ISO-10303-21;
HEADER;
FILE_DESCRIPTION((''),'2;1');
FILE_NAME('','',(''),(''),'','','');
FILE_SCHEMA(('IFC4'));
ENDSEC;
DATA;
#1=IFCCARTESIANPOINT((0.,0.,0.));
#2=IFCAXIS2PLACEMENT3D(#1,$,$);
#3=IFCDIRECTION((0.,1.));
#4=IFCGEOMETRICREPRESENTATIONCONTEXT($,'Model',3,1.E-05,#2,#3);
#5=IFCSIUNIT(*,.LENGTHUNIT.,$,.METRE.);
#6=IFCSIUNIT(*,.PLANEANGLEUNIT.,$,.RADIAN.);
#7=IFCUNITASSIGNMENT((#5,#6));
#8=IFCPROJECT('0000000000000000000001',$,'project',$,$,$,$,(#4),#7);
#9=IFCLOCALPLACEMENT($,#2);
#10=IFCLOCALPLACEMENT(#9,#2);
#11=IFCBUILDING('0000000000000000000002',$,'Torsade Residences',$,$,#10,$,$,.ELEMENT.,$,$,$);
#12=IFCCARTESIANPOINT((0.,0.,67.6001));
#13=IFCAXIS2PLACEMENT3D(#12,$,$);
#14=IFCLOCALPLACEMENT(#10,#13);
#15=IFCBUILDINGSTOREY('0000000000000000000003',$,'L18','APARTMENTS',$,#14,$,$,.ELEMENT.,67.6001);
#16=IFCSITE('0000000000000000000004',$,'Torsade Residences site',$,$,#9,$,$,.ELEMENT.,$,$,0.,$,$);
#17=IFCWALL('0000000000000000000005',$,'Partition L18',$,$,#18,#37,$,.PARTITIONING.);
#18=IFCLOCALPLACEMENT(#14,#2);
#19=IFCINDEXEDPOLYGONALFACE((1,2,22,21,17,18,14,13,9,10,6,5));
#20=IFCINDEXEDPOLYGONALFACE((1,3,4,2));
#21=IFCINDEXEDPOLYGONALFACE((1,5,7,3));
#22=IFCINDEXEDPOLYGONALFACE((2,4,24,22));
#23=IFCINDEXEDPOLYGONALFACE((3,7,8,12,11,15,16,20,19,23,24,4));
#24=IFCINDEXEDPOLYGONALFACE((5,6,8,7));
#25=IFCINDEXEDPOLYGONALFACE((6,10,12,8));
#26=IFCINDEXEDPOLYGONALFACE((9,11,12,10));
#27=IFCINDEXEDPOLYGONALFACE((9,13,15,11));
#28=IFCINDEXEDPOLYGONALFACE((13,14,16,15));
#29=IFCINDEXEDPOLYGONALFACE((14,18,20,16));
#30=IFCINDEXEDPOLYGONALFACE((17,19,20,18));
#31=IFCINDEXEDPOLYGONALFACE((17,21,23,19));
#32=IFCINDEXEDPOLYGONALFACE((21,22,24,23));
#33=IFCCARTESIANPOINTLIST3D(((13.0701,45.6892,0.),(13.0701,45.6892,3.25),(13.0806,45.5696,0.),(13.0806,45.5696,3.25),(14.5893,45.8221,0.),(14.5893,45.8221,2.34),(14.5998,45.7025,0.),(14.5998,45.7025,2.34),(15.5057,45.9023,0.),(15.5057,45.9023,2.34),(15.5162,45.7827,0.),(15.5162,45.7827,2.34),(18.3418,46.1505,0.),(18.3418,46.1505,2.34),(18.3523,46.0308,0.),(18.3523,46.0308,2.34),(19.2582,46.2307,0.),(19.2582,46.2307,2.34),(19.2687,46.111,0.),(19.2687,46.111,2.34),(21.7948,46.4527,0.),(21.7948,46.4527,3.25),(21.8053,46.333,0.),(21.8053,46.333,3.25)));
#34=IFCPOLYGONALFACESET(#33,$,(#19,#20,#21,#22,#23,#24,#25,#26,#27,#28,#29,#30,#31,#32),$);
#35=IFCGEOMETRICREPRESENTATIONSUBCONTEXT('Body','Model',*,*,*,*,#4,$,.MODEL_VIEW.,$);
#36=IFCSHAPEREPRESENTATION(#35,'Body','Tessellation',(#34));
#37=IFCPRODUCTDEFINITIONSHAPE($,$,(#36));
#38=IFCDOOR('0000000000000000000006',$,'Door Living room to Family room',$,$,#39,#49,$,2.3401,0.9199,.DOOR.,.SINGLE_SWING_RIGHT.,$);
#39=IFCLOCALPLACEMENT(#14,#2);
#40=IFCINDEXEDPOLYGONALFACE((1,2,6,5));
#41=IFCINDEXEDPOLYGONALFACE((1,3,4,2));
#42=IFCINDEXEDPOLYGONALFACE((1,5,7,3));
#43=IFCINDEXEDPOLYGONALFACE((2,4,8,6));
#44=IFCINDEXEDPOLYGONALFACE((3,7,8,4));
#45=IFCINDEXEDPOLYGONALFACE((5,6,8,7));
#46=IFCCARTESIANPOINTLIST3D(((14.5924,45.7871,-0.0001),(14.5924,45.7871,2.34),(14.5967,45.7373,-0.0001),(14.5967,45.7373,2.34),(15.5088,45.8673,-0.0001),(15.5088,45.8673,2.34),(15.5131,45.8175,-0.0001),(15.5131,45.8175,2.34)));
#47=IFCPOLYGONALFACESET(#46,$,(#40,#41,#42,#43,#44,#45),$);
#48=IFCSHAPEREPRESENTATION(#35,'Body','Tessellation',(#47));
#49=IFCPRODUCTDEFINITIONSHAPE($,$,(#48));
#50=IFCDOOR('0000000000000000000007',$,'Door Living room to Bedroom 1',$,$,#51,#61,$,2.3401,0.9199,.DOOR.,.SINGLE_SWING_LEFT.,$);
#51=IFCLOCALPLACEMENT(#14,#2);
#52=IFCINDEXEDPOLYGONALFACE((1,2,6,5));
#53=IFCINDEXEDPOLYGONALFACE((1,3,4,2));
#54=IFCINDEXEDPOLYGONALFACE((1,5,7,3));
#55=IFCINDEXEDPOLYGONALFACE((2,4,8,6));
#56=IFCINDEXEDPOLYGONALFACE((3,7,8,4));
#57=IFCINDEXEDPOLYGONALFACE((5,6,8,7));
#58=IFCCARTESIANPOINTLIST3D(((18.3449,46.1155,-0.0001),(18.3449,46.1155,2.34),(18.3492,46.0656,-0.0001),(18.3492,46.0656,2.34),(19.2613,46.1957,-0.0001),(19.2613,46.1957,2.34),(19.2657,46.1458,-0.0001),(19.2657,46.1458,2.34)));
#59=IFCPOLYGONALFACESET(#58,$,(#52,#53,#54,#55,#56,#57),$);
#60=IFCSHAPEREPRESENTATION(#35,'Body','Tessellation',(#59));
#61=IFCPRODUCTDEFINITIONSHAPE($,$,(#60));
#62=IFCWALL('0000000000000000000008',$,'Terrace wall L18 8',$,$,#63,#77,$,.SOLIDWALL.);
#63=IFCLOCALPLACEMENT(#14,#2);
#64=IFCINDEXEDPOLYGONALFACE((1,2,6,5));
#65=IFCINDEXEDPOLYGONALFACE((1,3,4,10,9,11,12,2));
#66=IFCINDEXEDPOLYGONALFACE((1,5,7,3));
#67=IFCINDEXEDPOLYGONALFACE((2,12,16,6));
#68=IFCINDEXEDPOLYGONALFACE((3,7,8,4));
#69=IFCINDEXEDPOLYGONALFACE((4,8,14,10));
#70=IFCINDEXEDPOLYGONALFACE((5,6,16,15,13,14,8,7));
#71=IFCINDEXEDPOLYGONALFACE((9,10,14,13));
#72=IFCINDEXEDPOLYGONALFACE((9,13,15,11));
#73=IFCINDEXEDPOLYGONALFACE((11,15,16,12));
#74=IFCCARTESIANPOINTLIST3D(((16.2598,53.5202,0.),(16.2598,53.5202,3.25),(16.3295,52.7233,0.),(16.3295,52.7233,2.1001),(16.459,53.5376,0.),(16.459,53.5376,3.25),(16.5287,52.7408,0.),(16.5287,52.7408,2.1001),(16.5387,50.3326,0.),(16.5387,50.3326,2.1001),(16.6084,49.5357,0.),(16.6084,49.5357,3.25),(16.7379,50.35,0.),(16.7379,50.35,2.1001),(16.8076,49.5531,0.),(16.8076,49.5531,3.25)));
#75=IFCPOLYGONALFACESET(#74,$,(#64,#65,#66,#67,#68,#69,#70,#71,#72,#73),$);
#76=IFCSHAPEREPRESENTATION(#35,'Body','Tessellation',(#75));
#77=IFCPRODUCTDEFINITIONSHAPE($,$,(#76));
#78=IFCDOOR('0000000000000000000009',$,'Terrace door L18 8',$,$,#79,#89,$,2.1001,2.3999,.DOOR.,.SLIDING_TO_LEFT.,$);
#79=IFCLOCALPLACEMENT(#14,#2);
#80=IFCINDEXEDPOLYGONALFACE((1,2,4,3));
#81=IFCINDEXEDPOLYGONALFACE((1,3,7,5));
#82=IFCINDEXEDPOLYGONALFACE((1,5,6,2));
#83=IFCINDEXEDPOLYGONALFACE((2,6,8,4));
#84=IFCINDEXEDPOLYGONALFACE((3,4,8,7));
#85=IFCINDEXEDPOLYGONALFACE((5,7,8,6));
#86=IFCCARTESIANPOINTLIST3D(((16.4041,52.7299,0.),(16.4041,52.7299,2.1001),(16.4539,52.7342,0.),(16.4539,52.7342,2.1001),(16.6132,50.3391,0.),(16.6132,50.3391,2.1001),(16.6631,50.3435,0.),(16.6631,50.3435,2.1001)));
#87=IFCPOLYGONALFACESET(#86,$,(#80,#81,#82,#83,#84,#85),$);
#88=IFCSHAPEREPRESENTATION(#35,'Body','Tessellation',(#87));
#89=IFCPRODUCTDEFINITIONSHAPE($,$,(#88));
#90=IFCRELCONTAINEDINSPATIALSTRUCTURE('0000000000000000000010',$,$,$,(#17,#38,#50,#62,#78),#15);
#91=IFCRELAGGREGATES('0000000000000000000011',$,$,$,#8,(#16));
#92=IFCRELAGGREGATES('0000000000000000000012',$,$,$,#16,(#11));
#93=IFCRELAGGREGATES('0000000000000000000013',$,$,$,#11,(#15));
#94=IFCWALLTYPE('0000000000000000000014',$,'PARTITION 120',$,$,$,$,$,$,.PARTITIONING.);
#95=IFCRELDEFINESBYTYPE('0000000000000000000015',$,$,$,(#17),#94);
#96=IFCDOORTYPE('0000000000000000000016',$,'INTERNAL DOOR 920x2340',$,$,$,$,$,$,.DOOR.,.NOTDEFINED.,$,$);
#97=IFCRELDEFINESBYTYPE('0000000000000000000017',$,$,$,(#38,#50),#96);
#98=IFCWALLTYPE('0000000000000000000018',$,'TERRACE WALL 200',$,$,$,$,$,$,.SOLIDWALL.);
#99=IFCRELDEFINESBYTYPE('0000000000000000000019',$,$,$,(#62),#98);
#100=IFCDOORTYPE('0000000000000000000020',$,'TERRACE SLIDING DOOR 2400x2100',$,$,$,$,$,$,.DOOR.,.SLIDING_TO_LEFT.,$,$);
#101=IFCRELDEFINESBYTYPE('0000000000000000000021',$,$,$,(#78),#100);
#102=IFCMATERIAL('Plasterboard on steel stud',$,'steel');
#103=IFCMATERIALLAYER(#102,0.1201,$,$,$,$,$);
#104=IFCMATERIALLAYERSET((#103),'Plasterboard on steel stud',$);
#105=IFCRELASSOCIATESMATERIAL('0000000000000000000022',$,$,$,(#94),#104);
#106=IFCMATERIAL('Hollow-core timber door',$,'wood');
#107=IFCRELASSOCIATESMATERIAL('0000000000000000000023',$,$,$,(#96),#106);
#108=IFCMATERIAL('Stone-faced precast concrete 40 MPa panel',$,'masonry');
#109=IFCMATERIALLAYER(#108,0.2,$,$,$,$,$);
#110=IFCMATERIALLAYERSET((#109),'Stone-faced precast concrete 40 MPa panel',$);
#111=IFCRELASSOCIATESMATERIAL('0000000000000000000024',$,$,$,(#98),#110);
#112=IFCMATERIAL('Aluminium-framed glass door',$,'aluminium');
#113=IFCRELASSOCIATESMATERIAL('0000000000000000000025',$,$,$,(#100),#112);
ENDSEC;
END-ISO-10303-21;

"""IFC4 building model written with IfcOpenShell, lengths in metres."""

from ifc_helpers import new_model, si_unit, direction, frame, frame_2d, origin, place, context, subcontext, project, spatial, rectangle, extrude, material, layer, layer_set, type_object, element, fill, save


model = new_model("IFC4")

# Units and contexts
model_context = context("Model", 3, precision=1e-05, world=origin(), true_north=direction((0.0, 1.0)))
body_context = subcontext(model_context, "Body", "Model", "MODEL_VIEW")
ifc_project = project(units=[si_unit("LENGTHUNIT", "METRE"), si_unit("PLANEANGLEUNIT", "RADIAN")], contexts=[model_context])

# Site, building, storey
site_placement = place(None, origin())
site = spatial("IfcSite", under=ifc_project, at=site_placement, Name="Torsade Residences site", CompositionType="ELEMENT", RefElevation=0.0)
building_placement = place(site_placement, origin())
building = spatial("IfcBuilding", under=site, at=building_placement, Name="Torsade Residences", CompositionType="ELEMENT")
storey_placement = place(building_placement, frame((0.0, 0.0, 67.6001)))
storey = spatial("IfcBuildingStorey", under=building, at=storey_placement, Name="L18", Description="APARTMENTS", CompositionType="ELEMENT", Elevation=67.6001)

# Wall, openings, doors
ifc_material_1 = material(Name="Plasterboard on steel stud", Category="steel")
ifc_layer_1 = layer(ifc_material_1, 0.1201)
ifc_layer_set_1 = layer_set([ifc_layer_1], Name="Plasterboard on steel stud")
wall_type_1 = type_object("IfcWallType", Name="PARTITION 120", PredefinedType="PARTITIONING", material=ifc_layer_set_1)
wall_1_placement = place(storey_placement, frame((13.0754, 45.6294, 0.0), z_axis=(0.0, 0.0, 1.0), x_axis=(0.996193, 0.08717, 0.0)))
wall_1 = element("IfcWall", 1, at=wall_1_placement, inside=storey, type_object=wall_type_1, Name="Partition L18", PredefinedType="PARTITIONING", context=body_context, shape_type="SweptSolid", body=[
    extrude(rectangle(XDim=8.7581, YDim=0.1201, at=frame_2d((4.3789, 0.0))), origin(), (0.0, 0.0, 1.0), 3.25),
])
opening_1_placement = place(wall_1_placement, frame((1.5249, 0.0, 0.0)))
opening_1 = element("IfcOpeningElement", 2, at=opening_1_placement, cuts=wall_1, PredefinedType="OPENING", context=body_context, shape_type="SweptSolid", body=[
    extrude(rectangle(XDim=0.9199, YDim=2.3401, at=frame_2d((0.46, 1.1699))), frame((0.0, 0.0701, 0.0), z_axis=(0.0, -1.0, 0.0), x_axis=(1.0, 0.0, 0.0)), (0.0, 0.0, 1.0), 0.1401),
])
opening_2_placement = place(wall_1_placement, frame((5.2917, 0.0, 0.0)))
opening_2 = element("IfcOpeningElement", 3, at=opening_2_placement, cuts=wall_1, PredefinedType="OPENING", context=body_context, shape_type="SweptSolid", body=[
    extrude(rectangle(XDim=0.9199, YDim=2.3401, at=frame_2d((0.46, 1.1699))), frame((0.0, 0.0701, 0.0), z_axis=(0.0, -1.0, 0.0), x_axis=(1.0, 0.0, 0.0)), (0.0, 0.0, 1.0), 0.1401),
])
ifc_material_2 = material(Name="Hollow-core timber door", Category="wood")
door_type_1 = type_object("IfcDoorType", Name="INTERNAL DOOR 920x2340", OperationType="NOTDEFINED", PredefinedType="DOOR", material=ifc_material_2)
door_1_placement = place(opening_1_placement, origin())
door_1 = element("IfcDoor", 4, at=door_1_placement, inside=storey, type_object=door_type_1, Name="Door Living room to Family room", OperationType="SINGLE_SWING_RIGHT", OverallHeight=2.3401, OverallWidth=0.9199, PredefinedType="DOOR", context=body_context, shape_type="SweptSolid", body=[
    extrude(rectangle(XDim=0.9199, YDim=2.3401, at=frame_2d((0.46, 1.1699))), frame((0.0, 0.0249, 0.0), z_axis=(0.0, -1.0, 0.0), x_axis=(1.0, 0.0, 0.0)), (0.0, 0.0, 1.0), 0.05),
])
fill(opening_1, door_1)
door_2_placement = place(opening_2_placement, origin())
door_2 = element("IfcDoor", 5, at=door_2_placement, inside=storey, type_object=door_type_1, Name="Door Living room to Bedroom 1", OperationType="SINGLE_SWING_LEFT", OverallHeight=2.3401, OverallWidth=0.9199, PredefinedType="DOOR", context=body_context, shape_type="SweptSolid", body=[
    extrude(rectangle(XDim=0.9199, YDim=2.3401, at=frame_2d((0.46, 1.1699))), frame((0.0, 0.0249, 0.0), z_axis=(0.0, -1.0, 0.0), x_axis=(1.0, 0.0, 0.0)), (0.0, 0.0, 1.0), 0.05),
])
fill(opening_2, door_2)

# Wall, opening, door
ifc_material_3 = material(Name="Stone-faced precast concrete 40 MPa panel", Category="masonry")
ifc_layer_2 = layer(ifc_material_3, 0.2)
ifc_layer_set_2 = layer_set([ifc_layer_2], Name="Stone-faced precast concrete 40 MPa panel")
wall_type_2 = type_object("IfcWallType", Name="TERRACE WALL 200", PredefinedType="SOLIDWALL", material=ifc_layer_set_2)
wall_2_placement = place(storey_placement, frame((16.3594, 53.5291, 0.0), z_axis=(0.0, 0.0, 1.0), x_axis=(0.087162, -0.996194, 0.0)))
wall_2 = element("IfcWall", 6, at=wall_2_placement, inside=storey, type_object=wall_type_2, Name="Terrace wall L18 8", PredefinedType="SOLIDWALL", context=body_context, shape_type="SweptSolid", body=[
    extrude(rectangle(XDim=3.9998, YDim=0.2, at=frame_2d((2.0, 0.0))), origin(), (0.0, 0.0, 1.0), 3.25),
])
opening_3_placement = place(wall_2_placement, frame((0.8, 0.0, 0.0)))
opening_3 = element("IfcOpeningElement", 7, at=opening_3_placement, cuts=wall_2, PredefinedType="OPENING", context=body_context, shape_type="SweptSolid", body=[
    extrude(rectangle(XDim=2.3999, YDim=2.1001, at=frame_2d((1.2, 1.05))), frame((0.0, 0.1099, 0.0), z_axis=(0.0, -1.0, 0.0), x_axis=(1.0, 0.0, 0.0)), (0.0, 0.0, 1.0), 0.22),
])
ifc_material_4 = material(Name="Aluminium-framed glass door", Category="aluminium")
door_type_2 = type_object("IfcDoorType", Name="TERRACE SLIDING DOOR 2400x2100", OperationType="SLIDING_TO_LEFT", PredefinedType="DOOR", material=ifc_material_4)
door_3_placement = place(opening_3_placement, origin())
door_3 = element("IfcDoor", 8, at=door_3_placement, inside=storey, type_object=door_type_2, Name="Terrace door L18 8", OperationType="SLIDING_TO_LEFT", OverallHeight=2.1001, OverallWidth=2.3999, PredefinedType="DOOR", context=body_context, shape_type="SweptSolid", body=[
    extrude(rectangle(XDim=2.3999, YDim=2.1001, at=frame_2d((1.2, 1.05))), frame((0.0, 0.0249, 0.0), z_axis=(0.0, -1.0, 0.0), x_axis=(1.0, 0.0, 0.0)), (0.0, 0.0, 1.0), 0.05),
])
fill(opening_3, door_3)

save(model, "model.ifc")
